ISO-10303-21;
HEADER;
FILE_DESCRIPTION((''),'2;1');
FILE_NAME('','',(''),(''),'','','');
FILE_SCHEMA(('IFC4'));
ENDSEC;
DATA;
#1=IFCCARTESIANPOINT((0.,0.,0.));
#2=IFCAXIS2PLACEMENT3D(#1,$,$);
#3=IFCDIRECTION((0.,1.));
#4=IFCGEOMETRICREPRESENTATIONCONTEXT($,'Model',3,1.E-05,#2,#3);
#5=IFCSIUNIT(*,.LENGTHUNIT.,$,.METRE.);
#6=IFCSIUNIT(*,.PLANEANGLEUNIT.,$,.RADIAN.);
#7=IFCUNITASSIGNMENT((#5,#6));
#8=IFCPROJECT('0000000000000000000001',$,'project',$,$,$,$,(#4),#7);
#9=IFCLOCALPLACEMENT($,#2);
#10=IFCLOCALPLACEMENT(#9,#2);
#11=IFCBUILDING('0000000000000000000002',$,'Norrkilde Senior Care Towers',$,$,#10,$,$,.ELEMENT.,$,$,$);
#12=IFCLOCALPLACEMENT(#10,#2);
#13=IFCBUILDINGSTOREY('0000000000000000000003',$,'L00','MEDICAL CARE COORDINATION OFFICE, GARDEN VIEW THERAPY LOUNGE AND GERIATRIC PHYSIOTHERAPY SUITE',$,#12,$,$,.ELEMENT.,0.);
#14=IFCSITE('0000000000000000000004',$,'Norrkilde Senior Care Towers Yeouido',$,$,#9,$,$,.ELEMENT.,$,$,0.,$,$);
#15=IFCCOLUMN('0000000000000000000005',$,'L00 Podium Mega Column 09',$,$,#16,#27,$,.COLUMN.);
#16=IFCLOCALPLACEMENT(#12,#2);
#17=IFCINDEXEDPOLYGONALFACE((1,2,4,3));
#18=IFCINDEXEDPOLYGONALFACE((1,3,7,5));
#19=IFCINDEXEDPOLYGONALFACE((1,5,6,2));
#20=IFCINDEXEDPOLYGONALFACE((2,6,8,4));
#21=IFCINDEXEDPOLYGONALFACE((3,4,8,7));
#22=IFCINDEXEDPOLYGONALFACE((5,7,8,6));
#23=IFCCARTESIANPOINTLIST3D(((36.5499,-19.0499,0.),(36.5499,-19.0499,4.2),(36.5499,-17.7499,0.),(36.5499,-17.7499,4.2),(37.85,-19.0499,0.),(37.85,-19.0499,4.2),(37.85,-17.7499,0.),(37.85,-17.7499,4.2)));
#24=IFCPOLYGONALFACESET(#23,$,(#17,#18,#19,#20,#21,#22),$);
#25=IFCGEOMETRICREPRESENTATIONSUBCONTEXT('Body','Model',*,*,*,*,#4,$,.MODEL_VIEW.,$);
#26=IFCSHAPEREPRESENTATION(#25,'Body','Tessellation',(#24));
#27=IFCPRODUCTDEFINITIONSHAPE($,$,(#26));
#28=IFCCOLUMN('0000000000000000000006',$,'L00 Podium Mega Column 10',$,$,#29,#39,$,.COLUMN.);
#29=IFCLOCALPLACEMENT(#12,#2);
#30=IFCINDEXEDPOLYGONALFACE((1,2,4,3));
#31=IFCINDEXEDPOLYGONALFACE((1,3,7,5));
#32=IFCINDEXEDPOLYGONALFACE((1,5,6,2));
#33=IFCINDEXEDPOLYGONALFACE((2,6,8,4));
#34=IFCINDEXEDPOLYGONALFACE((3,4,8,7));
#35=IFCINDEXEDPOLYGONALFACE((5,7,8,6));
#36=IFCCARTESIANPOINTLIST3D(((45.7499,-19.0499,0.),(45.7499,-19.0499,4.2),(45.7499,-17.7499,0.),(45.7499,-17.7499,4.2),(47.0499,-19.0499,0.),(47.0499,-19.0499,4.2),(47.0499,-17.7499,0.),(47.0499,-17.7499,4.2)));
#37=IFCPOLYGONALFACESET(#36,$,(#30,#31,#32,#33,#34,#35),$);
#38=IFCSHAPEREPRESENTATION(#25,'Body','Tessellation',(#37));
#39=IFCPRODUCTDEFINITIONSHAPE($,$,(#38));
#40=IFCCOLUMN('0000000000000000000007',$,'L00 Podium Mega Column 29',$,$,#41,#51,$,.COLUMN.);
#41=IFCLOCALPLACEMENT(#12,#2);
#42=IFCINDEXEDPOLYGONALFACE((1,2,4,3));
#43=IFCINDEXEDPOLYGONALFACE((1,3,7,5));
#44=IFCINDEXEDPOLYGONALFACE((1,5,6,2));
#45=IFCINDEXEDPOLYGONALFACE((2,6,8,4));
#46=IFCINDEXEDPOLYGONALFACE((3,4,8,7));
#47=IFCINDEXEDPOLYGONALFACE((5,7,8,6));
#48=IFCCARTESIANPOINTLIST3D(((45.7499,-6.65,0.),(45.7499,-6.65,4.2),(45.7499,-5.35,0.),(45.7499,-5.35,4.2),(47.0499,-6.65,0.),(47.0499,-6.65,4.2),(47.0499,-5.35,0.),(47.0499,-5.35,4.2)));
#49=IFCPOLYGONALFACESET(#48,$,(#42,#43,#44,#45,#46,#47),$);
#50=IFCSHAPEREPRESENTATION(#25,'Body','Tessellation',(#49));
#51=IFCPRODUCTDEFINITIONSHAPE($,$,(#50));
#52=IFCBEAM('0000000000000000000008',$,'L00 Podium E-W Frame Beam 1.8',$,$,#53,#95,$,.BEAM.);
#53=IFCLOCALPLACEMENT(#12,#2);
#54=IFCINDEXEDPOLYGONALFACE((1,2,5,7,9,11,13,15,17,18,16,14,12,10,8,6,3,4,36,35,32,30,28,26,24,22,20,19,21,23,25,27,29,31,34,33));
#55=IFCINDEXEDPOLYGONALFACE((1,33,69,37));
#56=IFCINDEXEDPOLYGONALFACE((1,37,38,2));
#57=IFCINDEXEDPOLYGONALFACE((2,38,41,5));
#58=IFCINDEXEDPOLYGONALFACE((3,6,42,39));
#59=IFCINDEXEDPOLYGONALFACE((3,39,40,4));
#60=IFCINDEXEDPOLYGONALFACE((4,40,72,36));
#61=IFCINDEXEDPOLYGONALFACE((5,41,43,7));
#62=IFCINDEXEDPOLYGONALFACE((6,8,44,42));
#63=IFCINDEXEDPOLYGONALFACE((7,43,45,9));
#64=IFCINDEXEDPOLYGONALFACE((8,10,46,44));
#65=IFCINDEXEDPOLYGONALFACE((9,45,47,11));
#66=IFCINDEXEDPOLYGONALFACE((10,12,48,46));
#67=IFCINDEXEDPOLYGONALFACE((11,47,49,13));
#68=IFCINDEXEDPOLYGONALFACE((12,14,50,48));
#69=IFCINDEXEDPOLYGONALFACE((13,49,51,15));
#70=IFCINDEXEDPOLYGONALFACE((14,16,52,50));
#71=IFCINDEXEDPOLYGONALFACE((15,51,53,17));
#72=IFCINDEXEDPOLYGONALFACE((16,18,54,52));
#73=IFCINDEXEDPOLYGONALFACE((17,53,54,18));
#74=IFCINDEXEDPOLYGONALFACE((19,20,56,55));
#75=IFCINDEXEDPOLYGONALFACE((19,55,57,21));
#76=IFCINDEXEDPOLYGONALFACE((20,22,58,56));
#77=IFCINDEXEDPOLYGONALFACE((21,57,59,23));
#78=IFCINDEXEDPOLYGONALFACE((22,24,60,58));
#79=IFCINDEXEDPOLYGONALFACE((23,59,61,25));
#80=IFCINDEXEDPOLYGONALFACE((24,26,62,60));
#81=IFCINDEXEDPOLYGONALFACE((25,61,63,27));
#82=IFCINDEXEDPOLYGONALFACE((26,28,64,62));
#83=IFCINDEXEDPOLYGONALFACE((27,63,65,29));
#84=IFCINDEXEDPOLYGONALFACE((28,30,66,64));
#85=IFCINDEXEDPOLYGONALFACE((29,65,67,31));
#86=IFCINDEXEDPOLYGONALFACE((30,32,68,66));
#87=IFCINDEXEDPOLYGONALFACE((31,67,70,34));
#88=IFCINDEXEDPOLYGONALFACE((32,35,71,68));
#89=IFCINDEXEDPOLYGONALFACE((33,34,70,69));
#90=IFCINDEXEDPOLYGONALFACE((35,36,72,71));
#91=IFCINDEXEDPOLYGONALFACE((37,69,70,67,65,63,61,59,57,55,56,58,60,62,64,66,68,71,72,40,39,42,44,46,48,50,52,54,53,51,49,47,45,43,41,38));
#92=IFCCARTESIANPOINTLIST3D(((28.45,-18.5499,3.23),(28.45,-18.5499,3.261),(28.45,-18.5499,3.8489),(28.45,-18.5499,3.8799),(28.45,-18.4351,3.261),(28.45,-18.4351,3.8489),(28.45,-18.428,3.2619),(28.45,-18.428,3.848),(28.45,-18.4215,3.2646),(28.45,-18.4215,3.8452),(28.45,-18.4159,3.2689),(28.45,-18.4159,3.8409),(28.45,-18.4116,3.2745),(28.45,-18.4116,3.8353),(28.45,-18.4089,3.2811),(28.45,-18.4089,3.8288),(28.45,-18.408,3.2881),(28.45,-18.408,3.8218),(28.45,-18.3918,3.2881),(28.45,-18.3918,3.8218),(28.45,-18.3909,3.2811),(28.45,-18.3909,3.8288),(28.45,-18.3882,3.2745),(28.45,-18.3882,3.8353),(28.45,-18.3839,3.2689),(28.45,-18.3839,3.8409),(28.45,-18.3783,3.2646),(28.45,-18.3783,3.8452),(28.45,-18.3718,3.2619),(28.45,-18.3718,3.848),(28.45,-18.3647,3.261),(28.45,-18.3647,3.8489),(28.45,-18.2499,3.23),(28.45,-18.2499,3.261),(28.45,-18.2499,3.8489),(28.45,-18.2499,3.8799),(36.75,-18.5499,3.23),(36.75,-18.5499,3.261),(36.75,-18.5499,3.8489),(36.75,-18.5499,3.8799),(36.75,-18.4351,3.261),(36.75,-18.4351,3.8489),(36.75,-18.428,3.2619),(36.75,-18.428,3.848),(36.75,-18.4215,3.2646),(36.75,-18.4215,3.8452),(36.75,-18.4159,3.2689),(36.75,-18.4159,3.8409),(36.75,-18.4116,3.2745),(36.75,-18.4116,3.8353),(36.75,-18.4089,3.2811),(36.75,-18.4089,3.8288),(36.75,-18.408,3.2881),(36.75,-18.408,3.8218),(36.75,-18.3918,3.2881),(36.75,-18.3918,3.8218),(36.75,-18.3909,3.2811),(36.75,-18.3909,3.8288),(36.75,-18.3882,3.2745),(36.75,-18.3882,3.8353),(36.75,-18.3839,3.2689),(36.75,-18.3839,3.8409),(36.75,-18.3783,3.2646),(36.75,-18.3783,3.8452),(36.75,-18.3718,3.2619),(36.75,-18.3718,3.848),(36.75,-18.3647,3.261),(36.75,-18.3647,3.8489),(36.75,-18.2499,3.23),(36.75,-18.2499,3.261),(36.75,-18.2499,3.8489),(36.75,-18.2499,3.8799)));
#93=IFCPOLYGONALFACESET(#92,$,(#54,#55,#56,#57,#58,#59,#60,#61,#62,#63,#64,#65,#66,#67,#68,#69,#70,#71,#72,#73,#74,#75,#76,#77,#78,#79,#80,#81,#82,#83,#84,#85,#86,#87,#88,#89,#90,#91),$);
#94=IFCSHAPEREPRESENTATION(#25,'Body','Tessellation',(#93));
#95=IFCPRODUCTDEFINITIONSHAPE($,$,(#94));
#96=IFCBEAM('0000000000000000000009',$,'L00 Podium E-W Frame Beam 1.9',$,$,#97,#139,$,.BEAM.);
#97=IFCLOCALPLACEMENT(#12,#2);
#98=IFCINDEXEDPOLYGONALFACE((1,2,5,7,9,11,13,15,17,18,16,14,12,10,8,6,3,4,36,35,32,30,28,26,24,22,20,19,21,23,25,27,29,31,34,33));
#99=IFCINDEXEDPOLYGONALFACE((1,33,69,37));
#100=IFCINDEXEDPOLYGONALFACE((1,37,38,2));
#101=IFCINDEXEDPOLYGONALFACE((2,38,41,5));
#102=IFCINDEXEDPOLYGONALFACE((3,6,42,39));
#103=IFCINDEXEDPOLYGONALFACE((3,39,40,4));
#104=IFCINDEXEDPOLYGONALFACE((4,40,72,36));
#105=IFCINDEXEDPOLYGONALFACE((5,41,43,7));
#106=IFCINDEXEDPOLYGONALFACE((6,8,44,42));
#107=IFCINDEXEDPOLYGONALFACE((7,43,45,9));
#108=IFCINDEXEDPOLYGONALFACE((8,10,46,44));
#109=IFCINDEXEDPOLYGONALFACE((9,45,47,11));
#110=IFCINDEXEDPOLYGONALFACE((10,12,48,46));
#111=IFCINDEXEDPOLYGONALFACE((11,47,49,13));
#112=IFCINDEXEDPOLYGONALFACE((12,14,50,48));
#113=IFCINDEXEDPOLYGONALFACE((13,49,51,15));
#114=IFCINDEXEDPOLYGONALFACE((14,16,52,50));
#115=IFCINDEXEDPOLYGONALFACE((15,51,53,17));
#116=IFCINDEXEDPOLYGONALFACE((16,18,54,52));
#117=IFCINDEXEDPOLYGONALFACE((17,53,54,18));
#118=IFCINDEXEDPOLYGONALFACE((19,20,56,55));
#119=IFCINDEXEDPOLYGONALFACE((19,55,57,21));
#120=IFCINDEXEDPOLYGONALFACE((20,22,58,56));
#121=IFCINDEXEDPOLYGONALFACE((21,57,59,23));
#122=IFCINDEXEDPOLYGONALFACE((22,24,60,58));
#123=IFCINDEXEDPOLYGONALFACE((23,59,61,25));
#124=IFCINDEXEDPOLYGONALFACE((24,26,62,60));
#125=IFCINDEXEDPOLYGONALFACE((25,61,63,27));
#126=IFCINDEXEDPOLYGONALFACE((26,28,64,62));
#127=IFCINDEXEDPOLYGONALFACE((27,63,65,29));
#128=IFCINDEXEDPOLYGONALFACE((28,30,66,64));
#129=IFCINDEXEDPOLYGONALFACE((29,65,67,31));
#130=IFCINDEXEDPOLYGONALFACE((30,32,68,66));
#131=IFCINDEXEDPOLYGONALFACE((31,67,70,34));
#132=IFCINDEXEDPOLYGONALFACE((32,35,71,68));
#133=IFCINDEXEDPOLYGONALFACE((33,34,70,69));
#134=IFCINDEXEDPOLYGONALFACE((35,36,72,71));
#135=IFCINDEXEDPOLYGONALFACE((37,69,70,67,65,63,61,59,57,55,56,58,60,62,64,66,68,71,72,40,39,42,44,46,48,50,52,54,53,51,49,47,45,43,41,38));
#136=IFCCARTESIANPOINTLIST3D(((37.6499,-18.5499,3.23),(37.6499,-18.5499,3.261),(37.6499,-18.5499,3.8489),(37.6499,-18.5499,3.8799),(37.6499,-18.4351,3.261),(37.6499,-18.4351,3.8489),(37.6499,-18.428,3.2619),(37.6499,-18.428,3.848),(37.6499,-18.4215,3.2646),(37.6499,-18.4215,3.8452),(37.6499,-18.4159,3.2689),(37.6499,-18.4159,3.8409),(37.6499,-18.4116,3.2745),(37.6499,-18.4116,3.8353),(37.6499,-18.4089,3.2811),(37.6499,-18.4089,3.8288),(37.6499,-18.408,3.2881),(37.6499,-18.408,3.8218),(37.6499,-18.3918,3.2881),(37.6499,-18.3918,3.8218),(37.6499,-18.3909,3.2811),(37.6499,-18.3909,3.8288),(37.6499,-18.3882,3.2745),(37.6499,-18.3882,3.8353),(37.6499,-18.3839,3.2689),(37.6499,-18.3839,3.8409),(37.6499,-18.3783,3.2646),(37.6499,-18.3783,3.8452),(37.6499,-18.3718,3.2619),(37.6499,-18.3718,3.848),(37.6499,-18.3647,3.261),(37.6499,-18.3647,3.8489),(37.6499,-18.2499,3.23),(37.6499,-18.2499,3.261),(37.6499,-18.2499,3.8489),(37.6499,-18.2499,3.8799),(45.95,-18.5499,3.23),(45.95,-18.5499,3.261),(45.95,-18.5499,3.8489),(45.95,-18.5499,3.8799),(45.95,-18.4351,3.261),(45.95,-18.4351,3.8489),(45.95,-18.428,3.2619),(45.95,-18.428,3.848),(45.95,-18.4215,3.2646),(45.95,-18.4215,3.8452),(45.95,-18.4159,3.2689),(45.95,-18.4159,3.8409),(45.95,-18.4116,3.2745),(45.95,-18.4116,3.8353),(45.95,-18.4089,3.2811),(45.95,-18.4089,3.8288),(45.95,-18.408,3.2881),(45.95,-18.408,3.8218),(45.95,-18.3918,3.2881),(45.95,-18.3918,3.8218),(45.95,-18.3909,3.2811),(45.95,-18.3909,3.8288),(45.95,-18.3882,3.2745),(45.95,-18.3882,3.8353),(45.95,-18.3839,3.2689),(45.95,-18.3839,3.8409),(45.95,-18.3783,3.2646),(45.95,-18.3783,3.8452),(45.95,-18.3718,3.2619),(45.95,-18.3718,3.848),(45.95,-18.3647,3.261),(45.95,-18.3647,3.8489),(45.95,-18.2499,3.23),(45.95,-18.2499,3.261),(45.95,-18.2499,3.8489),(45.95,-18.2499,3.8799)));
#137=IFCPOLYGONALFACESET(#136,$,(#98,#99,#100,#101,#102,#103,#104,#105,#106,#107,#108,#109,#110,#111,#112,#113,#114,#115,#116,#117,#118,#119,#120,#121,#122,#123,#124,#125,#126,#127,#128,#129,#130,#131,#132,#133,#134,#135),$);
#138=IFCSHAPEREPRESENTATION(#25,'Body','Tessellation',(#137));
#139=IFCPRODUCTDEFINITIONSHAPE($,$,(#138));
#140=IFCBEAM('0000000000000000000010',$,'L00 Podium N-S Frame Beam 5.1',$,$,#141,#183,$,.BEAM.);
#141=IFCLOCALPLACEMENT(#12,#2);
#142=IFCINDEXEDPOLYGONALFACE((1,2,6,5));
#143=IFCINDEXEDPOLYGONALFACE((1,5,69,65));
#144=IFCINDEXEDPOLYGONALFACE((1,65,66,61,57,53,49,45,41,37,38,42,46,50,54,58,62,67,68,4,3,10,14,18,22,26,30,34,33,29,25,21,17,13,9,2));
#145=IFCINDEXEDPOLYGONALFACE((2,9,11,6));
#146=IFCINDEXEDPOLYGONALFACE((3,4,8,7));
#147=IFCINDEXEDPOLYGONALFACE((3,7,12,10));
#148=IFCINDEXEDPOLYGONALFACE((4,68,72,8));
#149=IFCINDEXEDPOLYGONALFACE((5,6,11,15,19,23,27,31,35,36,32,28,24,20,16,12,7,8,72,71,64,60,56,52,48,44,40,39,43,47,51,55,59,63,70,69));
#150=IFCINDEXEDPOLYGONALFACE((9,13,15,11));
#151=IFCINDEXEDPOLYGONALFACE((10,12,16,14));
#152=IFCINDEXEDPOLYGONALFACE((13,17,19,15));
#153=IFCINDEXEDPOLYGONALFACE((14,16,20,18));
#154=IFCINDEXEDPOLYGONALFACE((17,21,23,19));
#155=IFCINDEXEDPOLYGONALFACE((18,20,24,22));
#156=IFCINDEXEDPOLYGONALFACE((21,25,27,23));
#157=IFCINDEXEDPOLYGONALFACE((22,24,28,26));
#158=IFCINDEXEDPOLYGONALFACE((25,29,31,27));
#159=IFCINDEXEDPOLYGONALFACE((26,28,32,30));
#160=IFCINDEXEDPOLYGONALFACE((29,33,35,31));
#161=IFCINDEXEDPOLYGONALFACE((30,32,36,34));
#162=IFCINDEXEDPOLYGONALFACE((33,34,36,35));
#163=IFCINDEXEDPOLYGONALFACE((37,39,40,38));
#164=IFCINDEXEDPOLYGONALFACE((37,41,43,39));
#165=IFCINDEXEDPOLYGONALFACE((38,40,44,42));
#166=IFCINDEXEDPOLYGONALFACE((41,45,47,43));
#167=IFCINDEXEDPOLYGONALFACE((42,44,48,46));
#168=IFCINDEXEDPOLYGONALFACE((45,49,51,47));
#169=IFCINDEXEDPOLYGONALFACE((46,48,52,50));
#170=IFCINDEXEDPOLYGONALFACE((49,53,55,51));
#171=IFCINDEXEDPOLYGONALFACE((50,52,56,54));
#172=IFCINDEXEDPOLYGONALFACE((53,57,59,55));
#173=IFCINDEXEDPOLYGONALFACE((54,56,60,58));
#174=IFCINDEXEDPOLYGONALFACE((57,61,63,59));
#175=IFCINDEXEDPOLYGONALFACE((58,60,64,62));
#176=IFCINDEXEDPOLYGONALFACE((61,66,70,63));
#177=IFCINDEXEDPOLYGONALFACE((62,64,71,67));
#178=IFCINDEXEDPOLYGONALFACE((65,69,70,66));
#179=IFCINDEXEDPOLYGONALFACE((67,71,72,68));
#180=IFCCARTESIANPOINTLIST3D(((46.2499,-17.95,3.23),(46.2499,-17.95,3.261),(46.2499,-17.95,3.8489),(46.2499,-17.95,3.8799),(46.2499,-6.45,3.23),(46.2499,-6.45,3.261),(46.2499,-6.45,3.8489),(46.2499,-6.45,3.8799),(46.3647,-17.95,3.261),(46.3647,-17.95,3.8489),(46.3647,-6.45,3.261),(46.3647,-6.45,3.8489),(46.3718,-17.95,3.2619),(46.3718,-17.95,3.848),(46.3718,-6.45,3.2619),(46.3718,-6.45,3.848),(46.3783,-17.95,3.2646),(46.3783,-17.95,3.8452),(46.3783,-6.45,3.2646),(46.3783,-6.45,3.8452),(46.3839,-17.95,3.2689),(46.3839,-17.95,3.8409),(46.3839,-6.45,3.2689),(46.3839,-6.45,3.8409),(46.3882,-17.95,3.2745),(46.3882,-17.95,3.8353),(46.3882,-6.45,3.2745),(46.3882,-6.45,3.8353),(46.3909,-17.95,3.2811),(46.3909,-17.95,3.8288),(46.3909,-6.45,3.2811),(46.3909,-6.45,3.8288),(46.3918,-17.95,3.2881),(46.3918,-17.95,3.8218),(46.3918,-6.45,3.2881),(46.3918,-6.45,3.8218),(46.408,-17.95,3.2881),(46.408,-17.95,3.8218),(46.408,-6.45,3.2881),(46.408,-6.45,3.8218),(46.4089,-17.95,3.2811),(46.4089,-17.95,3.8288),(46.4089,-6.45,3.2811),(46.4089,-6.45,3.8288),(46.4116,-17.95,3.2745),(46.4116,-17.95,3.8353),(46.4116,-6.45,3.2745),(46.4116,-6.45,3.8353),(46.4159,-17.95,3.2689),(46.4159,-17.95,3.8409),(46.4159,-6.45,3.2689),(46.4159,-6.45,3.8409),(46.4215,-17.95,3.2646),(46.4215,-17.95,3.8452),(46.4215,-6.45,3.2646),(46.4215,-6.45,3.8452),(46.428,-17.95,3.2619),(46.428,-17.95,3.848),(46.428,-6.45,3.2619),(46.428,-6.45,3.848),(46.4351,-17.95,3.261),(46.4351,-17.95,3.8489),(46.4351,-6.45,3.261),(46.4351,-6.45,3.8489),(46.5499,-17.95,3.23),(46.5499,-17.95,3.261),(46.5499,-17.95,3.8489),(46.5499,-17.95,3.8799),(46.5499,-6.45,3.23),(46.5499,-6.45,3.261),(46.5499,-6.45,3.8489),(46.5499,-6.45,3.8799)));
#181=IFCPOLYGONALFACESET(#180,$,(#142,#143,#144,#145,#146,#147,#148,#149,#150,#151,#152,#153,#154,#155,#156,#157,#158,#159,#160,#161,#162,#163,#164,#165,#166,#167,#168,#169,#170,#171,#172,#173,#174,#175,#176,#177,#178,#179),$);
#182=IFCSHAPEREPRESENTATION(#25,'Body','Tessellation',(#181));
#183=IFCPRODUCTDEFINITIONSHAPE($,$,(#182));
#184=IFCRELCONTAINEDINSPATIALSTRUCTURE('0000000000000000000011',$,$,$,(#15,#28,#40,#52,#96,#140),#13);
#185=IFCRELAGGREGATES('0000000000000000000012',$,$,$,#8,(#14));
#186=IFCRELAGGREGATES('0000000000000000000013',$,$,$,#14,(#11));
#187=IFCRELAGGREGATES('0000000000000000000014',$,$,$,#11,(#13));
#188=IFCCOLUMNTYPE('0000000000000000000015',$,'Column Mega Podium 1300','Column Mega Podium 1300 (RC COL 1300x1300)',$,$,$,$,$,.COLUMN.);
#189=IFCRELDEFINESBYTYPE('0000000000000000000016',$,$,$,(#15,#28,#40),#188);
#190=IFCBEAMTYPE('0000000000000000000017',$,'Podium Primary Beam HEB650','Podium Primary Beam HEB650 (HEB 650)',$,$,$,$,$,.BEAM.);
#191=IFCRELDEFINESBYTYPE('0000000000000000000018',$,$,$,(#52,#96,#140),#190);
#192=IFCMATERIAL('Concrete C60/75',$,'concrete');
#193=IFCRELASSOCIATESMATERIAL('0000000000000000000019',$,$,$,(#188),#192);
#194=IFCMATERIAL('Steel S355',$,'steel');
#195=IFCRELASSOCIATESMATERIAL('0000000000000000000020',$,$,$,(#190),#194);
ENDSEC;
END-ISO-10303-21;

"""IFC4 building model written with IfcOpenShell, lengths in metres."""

from ifc_helpers import new_model, si_unit, direction, frame, origin, origin_2d, place, context, subcontext, project, spatial, rectangle, i_section, extrude, source, transform, mapped, material, material_profile, profile_set, type_object, type_shapes, element, save


model = new_model("IFC4")

# Units and contexts
model_context = context("Model", 3, precision=1e-05, world=origin(), true_north=direction((0.0, 1.0)))
body_context = subcontext(model_context, "Body", "Model", "MODEL_VIEW")
ifc_project = project(units=[si_unit("LENGTHUNIT", "METRE"), si_unit("PLANEANGLEUNIT", "RADIAN")], contexts=[model_context])

# Site, building, storey
site_placement = place(None, origin())
site = spatial("IfcSite", under=ifc_project, at=site_placement, Name="Norrkilde Senior Care Towers Yeouido", CompositionType="ELEMENT", RefElevation=0.0)
building_placement = place(site_placement, origin())
building = spatial("IfcBuilding", under=site, at=building_placement, Name="Norrkilde Senior Care Towers", CompositionType="ELEMENT")
storey_placement = place(building_placement, origin())
storey = spatial("IfcBuildingStorey", under=building, at=storey_placement, Name="L00", Description="MEDICAL CARE COORDINATION OFFICE, GARDEN VIEW THERAPY LOUNGE AND GERIATRIC PHYSIOTHERAPY SUITE", CompositionType="ELEMENT", Elevation=0.0)

# Columns
ifc_material_1 = material(Name="Concrete C60/75", Category="concrete")
ifc_material_profile_1 = material_profile(ifc_material_1, rectangle(XDim=1.3, YDim=1.3, at=origin_2d()), Name="RC COL 1300x1300")
ifc_profile_set_1 = profile_set([ifc_material_profile_1], Name="Concrete C60/75")
column_type = type_object("IfcColumnType", Name="Column Mega Podium 1300", Description="Column Mega Podium 1300 (RC COL 1300x1300)", PredefinedType="COLUMN", material=ifc_profile_set_1)
shared_shape_1 = source(origin(), body_context, "Body", "SweptSolid", [
    extrude(rectangle(XDim=1.3, YDim=1.3, at=origin_2d()), origin(), (0.0, 0.0, 1.0), 4.2),
])
type_shapes(column_type, [shared_shape_1])
for number, where, z_axis, x_axis, name in (
    (1, (37.2, -18.3999, 0.0), (0.0, 0.0, 1.0), (1.0, 0.0, 0.0), "L00 Podium Mega Column 09"),
    (2, (46.3999, -18.3999, 0.0), (0.0, 0.0, 1.0), (1.0, 0.0, 0.0), "L00 Podium Mega Column 10"),
    (3, (46.3999, -6.0, 0.0), (0.0, 0.0, 1.0), (1.0, 0.0, 0.0), "L00 Podium Mega Column 29"),
):
    element("IfcColumn", number, at=place(storey_placement, frame(where, z_axis=z_axis, x_axis=x_axis)), inside=storey, type_object=column_type, Name=name, PredefinedType="COLUMN", context=body_context, shape_type="MappedRepresentation", body=[
        mapped(shared_shape_1, transform((0.0, 0.0, 0.0), x_axis=(1.0, 0.0, 0.0), y_axis=(0.0, 1.0, 0.0), z_axis=(0.0, 0.0, 1.0), scale=1.0)),
    ])

# Beams
ifc_material_2 = material(Name="Steel S355", Category="steel")
ifc_material_profile_2 = material_profile(ifc_material_2, i_section(OverallWidth=0.3, OverallDepth=0.6499, WebThickness=0.0161, FlangeThickness=0.031, FilletRadius=0.0271, at=origin_2d()), Name="HEB 650")
ifc_profile_set_2 = profile_set([ifc_material_profile_2], Name="Steel S355")
beam_type = type_object("IfcBeamType", Name="Podium Primary Beam HEB650", Description="Podium Primary Beam HEB650 (HEB 650)", PredefinedType="BEAM", material=ifc_profile_set_2)
shared_shape_2 = source(origin(), body_context, "Body", "SweptSolid", [
    extrude(i_section(OverallWidth=0.3, OverallDepth=0.6499, WebThickness=0.0161, FlangeThickness=0.031, FilletRadius=0.0271, at=origin_2d()), origin(), (0.0, 0.0, 1.0), 8.3),
])
for number, where, z_axis, x_axis, name in (
    (4, (28.45, -18.3999, 3.5549), (1.0, 0.0, 0.0), (0.0, 1.0, 0.0), "L00 Podium E-W Frame Beam 1.8"),
    (5, (37.6499, -18.3999, 3.5549), (1.0, 0.0, 0.0), (0.0, 1.0, 0.0), "L00 Podium E-W Frame Beam 1.9"),
):
    element("IfcBeam", number, at=place(storey_placement, frame(where, z_axis=z_axis, x_axis=x_axis)), inside=storey, type_object=beam_type, Name=name, PredefinedType="BEAM", context=body_context, shape_type="MappedRepresentation", body=[
        mapped(shared_shape_2, transform((0.0, 0.0, 0.0), x_axis=(1.0, 0.0, 0.0), y_axis=(0.0, 1.0, 0.0), z_axis=(0.0, 0.0, 1.0), scale=1.0)),
    ])
shared_shape_3 = source(origin(), body_context, "Body", "SweptSolid", [
    extrude(i_section(OverallWidth=0.3, OverallDepth=0.6499, WebThickness=0.0161, FlangeThickness=0.031, FilletRadius=0.0271, at=origin_2d()), origin(), (0.0, 0.0, 1.0), 11.5),
])
type_shapes(beam_type, [shared_shape_2, shared_shape_3])
beam_placement = place(storey_placement, frame((46.3999, -17.95, 3.5549), z_axis=(0.0, 1.0, 0.0), x_axis=(-1.0, 0.0, 0.0)))
element("IfcBeam", 6, at=beam_placement, inside=storey, type_object=beam_type, Name="L00 Podium N-S Frame Beam 5.1", PredefinedType="BEAM", context=body_context, shape_type="MappedRepresentation", body=[
    mapped(shared_shape_3, transform((0.0, 0.0, 0.0), x_axis=(1.0, 0.0, 0.0), y_axis=(0.0, 1.0, 0.0), z_axis=(0.0, 0.0, 1.0), scale=1.0)),
])

save(model, "model.ifc")
